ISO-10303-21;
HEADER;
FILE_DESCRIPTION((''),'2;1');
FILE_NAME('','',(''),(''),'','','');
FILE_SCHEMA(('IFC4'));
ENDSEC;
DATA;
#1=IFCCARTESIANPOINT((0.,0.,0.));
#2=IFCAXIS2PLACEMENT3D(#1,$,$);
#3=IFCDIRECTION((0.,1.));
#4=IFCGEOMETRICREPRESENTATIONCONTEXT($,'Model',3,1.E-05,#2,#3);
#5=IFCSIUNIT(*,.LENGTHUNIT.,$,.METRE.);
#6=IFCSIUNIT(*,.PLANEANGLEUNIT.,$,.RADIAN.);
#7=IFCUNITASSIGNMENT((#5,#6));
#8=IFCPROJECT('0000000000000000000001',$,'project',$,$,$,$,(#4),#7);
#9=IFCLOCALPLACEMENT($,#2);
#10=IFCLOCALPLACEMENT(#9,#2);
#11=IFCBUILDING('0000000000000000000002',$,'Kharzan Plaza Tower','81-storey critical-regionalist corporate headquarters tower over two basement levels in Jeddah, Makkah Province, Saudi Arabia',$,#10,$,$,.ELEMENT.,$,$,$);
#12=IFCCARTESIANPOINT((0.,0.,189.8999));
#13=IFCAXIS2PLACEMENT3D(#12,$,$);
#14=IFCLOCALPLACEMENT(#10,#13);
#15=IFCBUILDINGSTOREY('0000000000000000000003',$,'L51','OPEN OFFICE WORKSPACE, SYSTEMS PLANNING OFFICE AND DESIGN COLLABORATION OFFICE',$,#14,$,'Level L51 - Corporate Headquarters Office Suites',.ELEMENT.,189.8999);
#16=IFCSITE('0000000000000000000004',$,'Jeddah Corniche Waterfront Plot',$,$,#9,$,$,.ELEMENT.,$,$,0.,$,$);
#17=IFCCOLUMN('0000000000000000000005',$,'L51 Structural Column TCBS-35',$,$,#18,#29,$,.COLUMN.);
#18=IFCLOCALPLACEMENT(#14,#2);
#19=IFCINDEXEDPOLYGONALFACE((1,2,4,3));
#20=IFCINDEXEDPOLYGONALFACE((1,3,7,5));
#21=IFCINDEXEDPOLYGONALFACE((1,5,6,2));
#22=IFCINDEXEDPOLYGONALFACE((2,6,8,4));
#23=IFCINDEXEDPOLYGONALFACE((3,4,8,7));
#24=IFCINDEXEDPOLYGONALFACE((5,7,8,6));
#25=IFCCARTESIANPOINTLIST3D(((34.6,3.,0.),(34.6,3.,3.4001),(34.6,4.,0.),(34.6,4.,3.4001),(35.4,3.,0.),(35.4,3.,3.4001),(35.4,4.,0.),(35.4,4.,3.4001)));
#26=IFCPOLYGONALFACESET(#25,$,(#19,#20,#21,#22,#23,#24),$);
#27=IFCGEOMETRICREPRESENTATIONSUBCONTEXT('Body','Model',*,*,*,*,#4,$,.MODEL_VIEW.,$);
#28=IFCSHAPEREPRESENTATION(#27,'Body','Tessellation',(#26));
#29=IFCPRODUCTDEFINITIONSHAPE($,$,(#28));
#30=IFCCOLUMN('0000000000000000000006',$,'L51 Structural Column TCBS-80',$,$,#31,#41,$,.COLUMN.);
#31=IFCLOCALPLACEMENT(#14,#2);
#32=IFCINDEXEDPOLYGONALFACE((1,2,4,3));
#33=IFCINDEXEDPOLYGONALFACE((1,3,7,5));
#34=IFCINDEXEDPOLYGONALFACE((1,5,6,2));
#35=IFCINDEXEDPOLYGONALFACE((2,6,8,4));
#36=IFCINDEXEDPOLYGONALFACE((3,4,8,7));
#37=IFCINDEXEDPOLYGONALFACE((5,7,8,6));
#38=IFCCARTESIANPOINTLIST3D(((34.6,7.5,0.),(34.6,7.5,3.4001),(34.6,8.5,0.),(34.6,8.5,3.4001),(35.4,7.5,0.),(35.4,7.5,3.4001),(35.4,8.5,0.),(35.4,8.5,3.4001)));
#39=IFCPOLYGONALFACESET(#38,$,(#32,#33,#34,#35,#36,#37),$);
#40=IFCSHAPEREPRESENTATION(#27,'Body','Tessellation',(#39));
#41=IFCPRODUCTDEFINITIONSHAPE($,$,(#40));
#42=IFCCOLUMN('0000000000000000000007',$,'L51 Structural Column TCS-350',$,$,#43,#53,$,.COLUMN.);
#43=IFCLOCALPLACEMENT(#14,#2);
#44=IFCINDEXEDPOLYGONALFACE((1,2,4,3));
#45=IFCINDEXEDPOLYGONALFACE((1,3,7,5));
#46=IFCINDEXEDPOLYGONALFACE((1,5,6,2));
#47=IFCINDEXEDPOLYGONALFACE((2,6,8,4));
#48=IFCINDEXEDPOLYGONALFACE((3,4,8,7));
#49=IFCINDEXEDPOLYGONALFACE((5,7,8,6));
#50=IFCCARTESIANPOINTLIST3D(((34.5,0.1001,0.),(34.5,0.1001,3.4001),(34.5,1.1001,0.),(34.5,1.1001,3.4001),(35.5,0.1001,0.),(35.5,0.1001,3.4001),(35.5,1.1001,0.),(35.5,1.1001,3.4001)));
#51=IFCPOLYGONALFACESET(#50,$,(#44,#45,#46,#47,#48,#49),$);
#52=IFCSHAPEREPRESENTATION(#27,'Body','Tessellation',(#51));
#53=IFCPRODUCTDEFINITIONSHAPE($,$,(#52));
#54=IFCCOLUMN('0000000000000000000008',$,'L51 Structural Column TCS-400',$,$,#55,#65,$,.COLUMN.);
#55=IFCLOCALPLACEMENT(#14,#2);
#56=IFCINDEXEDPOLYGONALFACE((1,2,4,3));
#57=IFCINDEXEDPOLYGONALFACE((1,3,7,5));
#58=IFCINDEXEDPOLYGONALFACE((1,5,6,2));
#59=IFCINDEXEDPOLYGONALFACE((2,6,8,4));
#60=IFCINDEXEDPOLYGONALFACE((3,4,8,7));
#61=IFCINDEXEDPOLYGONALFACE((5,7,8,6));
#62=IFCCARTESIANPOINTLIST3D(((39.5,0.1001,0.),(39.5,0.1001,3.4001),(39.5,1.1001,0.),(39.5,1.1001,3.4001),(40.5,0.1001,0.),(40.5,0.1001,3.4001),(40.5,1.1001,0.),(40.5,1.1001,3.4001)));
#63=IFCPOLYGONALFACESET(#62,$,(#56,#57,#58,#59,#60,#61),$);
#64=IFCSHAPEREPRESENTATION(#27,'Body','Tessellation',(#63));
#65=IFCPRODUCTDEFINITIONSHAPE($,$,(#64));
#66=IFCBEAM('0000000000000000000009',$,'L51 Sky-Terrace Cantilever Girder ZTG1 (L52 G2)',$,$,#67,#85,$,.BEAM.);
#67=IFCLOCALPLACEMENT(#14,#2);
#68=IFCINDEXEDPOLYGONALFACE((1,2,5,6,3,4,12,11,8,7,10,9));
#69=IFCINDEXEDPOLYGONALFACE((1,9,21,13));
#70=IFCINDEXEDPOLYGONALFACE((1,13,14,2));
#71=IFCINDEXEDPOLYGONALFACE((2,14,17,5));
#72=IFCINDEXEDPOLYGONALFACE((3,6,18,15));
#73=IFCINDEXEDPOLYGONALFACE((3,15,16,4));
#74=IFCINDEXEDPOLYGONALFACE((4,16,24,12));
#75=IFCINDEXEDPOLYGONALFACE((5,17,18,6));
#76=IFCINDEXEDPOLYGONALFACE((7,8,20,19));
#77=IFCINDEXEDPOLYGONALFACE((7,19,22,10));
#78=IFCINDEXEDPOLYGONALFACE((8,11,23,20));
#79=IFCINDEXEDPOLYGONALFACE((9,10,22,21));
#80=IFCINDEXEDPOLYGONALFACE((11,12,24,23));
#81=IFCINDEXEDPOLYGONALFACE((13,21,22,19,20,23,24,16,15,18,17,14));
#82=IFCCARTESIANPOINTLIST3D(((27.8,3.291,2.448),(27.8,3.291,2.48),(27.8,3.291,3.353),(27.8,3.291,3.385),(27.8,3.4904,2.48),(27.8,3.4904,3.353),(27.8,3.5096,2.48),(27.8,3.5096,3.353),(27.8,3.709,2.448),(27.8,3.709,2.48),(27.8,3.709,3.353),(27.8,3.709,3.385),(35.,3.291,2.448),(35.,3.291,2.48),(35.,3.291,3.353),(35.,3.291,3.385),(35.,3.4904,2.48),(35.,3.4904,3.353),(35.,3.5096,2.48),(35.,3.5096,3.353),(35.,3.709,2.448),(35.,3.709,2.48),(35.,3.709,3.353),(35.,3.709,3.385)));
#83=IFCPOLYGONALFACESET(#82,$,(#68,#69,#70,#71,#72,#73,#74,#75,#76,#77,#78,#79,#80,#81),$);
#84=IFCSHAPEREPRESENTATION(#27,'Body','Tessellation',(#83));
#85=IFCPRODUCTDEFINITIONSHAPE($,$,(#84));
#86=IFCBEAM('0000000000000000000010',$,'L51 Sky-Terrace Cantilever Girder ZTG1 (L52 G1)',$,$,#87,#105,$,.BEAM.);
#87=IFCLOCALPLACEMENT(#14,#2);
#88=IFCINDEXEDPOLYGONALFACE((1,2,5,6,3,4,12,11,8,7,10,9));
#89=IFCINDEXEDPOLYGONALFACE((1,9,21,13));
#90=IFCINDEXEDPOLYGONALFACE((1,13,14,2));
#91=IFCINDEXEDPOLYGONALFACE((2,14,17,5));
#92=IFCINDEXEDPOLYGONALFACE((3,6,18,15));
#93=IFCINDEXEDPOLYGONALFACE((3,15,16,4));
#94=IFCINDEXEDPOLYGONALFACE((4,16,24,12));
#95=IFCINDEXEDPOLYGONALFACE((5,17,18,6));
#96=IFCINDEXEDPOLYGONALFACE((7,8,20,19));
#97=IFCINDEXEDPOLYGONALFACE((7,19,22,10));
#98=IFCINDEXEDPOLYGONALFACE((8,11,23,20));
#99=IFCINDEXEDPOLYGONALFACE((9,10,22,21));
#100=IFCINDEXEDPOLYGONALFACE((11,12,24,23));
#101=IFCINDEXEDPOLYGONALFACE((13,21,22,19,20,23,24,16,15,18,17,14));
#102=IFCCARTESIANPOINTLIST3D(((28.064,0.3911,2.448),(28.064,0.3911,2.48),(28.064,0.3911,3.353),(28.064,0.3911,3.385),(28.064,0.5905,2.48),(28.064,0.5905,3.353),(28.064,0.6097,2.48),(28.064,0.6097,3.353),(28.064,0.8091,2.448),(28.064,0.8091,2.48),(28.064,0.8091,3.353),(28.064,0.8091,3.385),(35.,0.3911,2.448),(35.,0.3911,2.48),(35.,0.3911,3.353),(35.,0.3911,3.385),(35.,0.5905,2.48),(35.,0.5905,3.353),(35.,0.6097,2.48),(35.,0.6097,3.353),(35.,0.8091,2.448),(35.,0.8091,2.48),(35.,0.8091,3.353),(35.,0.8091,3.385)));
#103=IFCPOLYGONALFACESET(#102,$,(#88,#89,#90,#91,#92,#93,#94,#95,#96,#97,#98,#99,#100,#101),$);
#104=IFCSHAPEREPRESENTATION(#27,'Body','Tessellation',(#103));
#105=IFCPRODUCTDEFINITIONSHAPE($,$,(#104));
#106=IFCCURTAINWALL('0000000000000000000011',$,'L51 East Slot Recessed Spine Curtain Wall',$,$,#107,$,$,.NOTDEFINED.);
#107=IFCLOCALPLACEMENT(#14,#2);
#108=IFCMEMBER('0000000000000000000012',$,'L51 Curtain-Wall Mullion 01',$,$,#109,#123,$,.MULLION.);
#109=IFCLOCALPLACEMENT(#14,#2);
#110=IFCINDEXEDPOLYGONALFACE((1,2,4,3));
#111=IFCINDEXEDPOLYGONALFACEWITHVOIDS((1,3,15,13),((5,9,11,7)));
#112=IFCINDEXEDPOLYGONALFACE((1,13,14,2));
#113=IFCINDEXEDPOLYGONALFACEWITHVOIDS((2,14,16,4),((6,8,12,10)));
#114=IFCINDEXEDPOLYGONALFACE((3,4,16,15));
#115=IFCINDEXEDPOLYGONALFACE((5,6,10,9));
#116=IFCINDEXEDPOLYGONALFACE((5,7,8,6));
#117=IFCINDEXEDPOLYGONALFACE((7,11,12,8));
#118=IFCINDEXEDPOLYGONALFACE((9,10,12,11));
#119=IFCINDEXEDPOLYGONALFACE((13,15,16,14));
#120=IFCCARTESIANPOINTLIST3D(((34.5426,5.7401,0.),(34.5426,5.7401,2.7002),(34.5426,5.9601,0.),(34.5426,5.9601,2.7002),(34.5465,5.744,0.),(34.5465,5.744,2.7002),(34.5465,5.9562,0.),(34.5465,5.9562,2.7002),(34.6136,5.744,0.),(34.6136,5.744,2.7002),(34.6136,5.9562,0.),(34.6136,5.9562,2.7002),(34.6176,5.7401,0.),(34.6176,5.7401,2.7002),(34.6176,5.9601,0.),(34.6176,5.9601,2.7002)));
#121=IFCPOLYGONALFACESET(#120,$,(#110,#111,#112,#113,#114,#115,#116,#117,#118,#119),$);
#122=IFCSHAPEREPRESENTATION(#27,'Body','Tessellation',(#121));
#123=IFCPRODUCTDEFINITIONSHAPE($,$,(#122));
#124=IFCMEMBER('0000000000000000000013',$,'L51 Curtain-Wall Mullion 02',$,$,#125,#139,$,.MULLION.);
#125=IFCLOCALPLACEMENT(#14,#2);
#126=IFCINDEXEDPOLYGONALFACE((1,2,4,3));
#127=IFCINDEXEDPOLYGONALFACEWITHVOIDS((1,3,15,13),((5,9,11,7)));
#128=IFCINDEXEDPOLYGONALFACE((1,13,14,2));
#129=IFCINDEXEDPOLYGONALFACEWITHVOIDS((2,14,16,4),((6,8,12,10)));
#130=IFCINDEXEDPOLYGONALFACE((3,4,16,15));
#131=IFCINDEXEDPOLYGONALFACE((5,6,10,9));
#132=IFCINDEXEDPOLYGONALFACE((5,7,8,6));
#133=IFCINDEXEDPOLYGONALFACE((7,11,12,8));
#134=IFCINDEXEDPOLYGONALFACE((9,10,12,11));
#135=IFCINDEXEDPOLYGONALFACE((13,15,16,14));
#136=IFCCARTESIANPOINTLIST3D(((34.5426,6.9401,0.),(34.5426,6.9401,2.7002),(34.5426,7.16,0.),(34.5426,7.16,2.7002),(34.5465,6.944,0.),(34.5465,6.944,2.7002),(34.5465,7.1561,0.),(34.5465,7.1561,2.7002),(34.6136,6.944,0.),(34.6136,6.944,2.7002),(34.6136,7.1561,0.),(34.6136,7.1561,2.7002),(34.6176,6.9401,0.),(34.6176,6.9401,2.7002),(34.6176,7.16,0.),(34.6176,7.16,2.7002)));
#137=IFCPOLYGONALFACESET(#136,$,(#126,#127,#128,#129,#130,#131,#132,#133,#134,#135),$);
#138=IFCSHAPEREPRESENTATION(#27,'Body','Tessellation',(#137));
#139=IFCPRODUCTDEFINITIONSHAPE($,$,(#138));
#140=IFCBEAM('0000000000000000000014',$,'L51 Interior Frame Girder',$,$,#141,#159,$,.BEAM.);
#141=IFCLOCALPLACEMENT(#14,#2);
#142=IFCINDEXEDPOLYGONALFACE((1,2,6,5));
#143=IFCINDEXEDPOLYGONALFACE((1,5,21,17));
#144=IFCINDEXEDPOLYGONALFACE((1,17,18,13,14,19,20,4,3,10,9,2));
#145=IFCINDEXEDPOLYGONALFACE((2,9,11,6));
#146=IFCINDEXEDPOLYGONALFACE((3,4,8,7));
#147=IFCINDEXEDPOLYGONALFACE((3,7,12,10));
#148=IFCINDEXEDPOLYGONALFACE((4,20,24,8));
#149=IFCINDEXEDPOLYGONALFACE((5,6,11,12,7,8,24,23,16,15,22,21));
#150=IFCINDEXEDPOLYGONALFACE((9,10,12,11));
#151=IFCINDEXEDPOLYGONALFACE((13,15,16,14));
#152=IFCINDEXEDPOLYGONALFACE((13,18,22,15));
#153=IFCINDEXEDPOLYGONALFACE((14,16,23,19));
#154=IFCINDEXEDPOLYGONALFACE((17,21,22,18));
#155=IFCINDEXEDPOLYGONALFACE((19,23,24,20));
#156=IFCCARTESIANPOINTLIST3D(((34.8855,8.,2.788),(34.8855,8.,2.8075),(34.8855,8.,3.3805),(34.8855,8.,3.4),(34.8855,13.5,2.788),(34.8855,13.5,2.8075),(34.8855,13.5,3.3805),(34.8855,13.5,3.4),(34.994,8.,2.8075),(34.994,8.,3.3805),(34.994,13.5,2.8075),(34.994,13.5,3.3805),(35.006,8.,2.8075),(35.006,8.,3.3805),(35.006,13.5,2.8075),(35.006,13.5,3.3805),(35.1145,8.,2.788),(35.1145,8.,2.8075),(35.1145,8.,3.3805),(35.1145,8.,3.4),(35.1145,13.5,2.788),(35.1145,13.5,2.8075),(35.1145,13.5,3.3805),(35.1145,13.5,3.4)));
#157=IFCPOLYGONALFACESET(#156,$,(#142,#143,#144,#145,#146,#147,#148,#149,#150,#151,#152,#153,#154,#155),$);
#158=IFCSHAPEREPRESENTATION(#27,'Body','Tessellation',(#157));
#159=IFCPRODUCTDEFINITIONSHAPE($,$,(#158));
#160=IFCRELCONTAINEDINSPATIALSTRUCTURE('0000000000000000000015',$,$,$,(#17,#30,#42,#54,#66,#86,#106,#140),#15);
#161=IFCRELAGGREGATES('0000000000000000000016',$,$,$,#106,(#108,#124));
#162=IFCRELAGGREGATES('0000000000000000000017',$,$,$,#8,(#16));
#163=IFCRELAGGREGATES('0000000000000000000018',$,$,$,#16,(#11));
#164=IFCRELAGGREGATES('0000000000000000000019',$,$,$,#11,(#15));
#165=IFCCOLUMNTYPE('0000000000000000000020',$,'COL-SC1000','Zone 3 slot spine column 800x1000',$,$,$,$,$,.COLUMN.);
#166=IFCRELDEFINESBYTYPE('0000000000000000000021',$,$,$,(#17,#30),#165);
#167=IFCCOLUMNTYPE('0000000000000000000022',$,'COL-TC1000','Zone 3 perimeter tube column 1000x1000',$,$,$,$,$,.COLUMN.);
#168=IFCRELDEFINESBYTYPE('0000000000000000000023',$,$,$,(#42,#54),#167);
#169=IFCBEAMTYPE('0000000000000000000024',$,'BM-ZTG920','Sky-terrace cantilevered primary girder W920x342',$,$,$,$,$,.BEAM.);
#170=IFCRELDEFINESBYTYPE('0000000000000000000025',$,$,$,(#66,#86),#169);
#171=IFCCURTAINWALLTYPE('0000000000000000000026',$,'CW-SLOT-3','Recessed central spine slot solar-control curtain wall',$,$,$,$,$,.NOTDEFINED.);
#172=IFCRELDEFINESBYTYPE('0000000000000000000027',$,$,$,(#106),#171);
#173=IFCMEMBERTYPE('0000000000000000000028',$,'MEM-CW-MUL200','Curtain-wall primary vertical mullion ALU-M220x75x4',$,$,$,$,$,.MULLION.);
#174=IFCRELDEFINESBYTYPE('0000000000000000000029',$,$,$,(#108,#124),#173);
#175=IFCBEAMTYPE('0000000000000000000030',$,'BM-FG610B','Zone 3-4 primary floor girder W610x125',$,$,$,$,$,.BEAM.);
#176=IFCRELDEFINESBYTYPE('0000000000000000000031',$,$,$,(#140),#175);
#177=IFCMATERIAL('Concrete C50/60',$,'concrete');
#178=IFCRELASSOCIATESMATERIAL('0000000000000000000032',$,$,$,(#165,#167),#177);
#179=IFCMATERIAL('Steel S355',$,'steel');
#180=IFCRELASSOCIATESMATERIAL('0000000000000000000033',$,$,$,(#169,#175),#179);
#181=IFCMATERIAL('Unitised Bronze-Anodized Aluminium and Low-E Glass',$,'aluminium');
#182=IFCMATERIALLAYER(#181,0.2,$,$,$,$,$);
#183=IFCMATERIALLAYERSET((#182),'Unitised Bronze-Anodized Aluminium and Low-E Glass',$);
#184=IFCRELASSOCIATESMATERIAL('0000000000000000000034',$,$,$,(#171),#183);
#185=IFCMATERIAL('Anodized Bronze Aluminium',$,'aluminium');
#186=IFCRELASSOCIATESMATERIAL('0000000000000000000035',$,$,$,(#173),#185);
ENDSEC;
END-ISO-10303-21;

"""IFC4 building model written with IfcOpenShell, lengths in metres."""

from ifc_helpers import new_model, si_unit, direction, frame, origin, origin_2d, place, context, subcontext, project, spatial, rectangle, hollow_rectangle, i_section, extrude, source, transform, mapped, material, layer, layer_set, material_profile, profile_set, type_object, element, aggregate, save


model = new_model("IFC4")

# Units and contexts
model_context = context("Model", 3, precision=1e-05, world=origin(), true_north=direction((0.0, 1.0)))
body_context = subcontext(model_context, "Body", "Model", "MODEL_VIEW")
ifc_project = project(units=[si_unit("LENGTHUNIT", "METRE"), si_unit("PLANEANGLEUNIT", "RADIAN")], contexts=[model_context])

# Site, building, storey
site_placement = place(None, origin())
site = spatial("IfcSite", under=ifc_project, at=site_placement, Name="Jeddah Corniche Waterfront Plot", CompositionType="ELEMENT", RefElevation=0.0)
building_placement = place(site_placement, origin())
building = spatial("IfcBuilding", under=site, at=building_placement, Name="Kharzan Plaza Tower", Description="81-storey critical-regionalist corporate headquarters tower over two basement levels in Jeddah, Makkah Province, Saudi Arabia", CompositionType="ELEMENT")
storey_placement = place(building_placement, frame((0.0, 0.0, 189.8999)))
storey = spatial("IfcBuildingStorey", under=building, at=storey_placement, Name="L51", Description="OPEN OFFICE WORKSPACE, SYSTEMS PLANNING OFFICE AND DESIGN COLLABORATION OFFICE", LongName="Level L51 - Corporate Headquarters Office Suites", CompositionType="ELEMENT", Elevation=189.8999)

# Columns
ifc_material_1 = material(Name="Concrete C50/60", Category="concrete")
ifc_material_profile_1 = material_profile(ifc_material_1, rectangle(XDim=0.8, YDim=1.0, at=origin_2d()), Name="RC-SC1000x800")
ifc_profile_set_1 = profile_set([ifc_material_profile_1], Name="Concrete C50/60")
column_type_1 = type_object("IfcColumnType", Name="COL-SC1000", Description="Zone 3 slot spine column 800x1000", PredefinedType="COLUMN", material=ifc_profile_set_1)
shared_shape_1 = source(origin(), body_context, "Body", "SweptSolid", [
    extrude(rectangle(XDim=0.8, YDim=1.0, at=origin_2d()), origin(), (0.0, 0.0, 1.0), 3.4001),
])
for number, where, z_axis, x_axis, name in (
    (1, (35.0, 3.5, 0.0), (0.0, 0.0, 1.0), (1.0, 0.0, 0.0), "L51 Structural Column TCBS-35"),
    (2, (35.0, 8.0, 0.0), (0.0, 0.0, 1.0), (1.0, 0.0, 0.0), "L51 Structural Column TCBS-80"),
):
    element("IfcColumn", number, at=place(storey_placement, frame(where, z_axis=z_axis, x_axis=x_axis)), inside=storey, type_object=column_type_1, Name=name, PredefinedType="COLUMN", context=body_context, shape_type="MappedRepresentation", body=[
        mapped(shared_shape_1, transform((0.0, 0.0, 0.0), x_axis=(1.0, 0.0, 0.0), y_axis=(0.0, 1.0, 0.0), z_axis=(0.0, 0.0, 1.0))),
    ])
ifc_material_profile_2 = material_profile(ifc_material_1, rectangle(XDim=1.0, YDim=1.0, at=origin_2d()), Name="RC-TC1000x1000")
ifc_profile_set_2 = profile_set([ifc_material_profile_2], Name="Concrete C50/60")
column_type_2 = type_object("IfcColumnType", Name="COL-TC1000", Description="Zone 3 perimeter tube column 1000x1000", PredefinedType="COLUMN", material=ifc_profile_set_2)
shared_shape_2 = source(origin(), body_context, "Body", "SweptSolid", [
    extrude(rectangle(XDim=1.0, YDim=1.0, at=origin_2d()), origin(), (0.0, 0.0, 1.0), 3.4001),
])
for number, where, z_axis, x_axis, name in (
    (3, (35.0, 0.6001, 0.0), (0.0, 0.0, 1.0), (1.0, 0.0, 0.0), "L51 Structural Column TCS-350"),
    (4, (40.0, 0.6001, 0.0), (0.0, 0.0, 1.0), (1.0, 0.0, 0.0), "L51 Structural Column TCS-400"),
):
    element("IfcColumn", number, at=place(storey_placement, frame(where, z_axis=z_axis, x_axis=x_axis)), inside=storey, type_object=column_type_2, Name=name, PredefinedType="COLUMN", context=body_context, shape_type="MappedRepresentation", body=[
        mapped(shared_shape_2, transform((0.0, 0.0, 0.0), x_axis=(1.0, 0.0, 0.0), y_axis=(0.0, 1.0, 0.0), z_axis=(0.0, 0.0, 1.0))),
    ])

# Beams
ifc_material_2 = material(Name="Steel S355", Category="steel")
ifc_material_profile_3 = material_profile(ifc_material_2, i_section(OverallWidth=0.418, OverallDepth=0.937, WebThickness=0.0193, FlangeThickness=0.032, at=origin_2d()), Name="W920x342")
ifc_profile_set_3 = profile_set([ifc_material_profile_3], Name="Steel S355")
beam_type_1 = type_object("IfcBeamType", Name="BM-ZTG920", Description="Sky-terrace cantilevered primary girder W920x342", PredefinedType="BEAM", material=ifc_profile_set_3)
shared_shape_3 = source(origin(), body_context, "Body", "SweptSolid", [
    extrude(i_section(OverallWidth=0.418, OverallDepth=0.937, WebThickness=0.0193, FlangeThickness=0.032, at=origin_2d()), origin(), (0.0, 0.0, 1.0), 7.2),
])
beam_1_placement = place(storey_placement, frame((35.0, 3.5, 2.9165), z_axis=(-1.0, 0.0, 0.0), x_axis=(0.0, -1.0, 0.0)))
element("IfcBeam", 5, at=beam_1_placement, inside=storey, type_object=beam_type_1, Name="L51 Sky-Terrace Cantilever Girder ZTG1 (L52 G2)", PredefinedType="BEAM", context=body_context, shape_type="MappedRepresentation", body=[
    mapped(shared_shape_3, transform((0.0, 0.0, 0.0), x_axis=(1.0, 0.0, 0.0), y_axis=(0.0, 1.0, 0.0), z_axis=(0.0, 0.0, 1.0))),
])
shared_shape_4 = source(origin(), body_context, "Body", "SweptSolid", [
    extrude(i_section(OverallWidth=0.418, OverallDepth=0.937, WebThickness=0.0193, FlangeThickness=0.032, at=origin_2d()), origin(), (0.0, 0.0, 1.0), 6.936),
])
beam_2_placement = place(storey_placement, frame((35.0, 0.6001, 2.9165), z_axis=(-1.0, 0.0, 0.0), x_axis=(0.0, -1.0, 0.0)))
element("IfcBeam", 6, at=beam_2_placement, inside=storey, type_object=beam_type_1, Name="L51 Sky-Terrace Cantilever Girder ZTG1 (L52 G1)", PredefinedType="BEAM", context=body_context, shape_type="MappedRepresentation", body=[
    mapped(shared_shape_4, transform((0.0, 0.0, 0.0), x_axis=(1.0, 0.0, 0.0), y_axis=(0.0, 1.0, 0.0), z_axis=(0.0, 0.0, 1.0))),
])

# Curtain wall, members
ifc_material_3 = material(Name="Unitised Bronze-Anodized Aluminium and Low-E Glass", Category="aluminium")
ifc_layer_1 = layer(ifc_material_3, 0.2)
ifc_layer_set_1 = layer_set([ifc_layer_1], Name="Unitised Bronze-Anodized Aluminium and Low-E Glass")
curtain_wall_type = type_object("IfcCurtainWallType", Name="CW-SLOT-3", Description="Recessed central spine slot solar-control curtain wall", PredefinedType="NOTDEFINED", material=ifc_layer_set_1)
curtain_wall_placement = place(storey_placement, origin())
curtain_wall = element("IfcCurtainWall", 7, at=curtain_wall_placement, inside=storey, type_object=curtain_wall_type, Name="L51 East Slot Recessed Spine Curtain Wall", PredefinedType="NOTDEFINED")
ifc_material_4 = material(Name="Anodized Bronze Aluminium", Category="aluminium")
ifc_material_profile_4 = material_profile(ifc_material_4, hollow_rectangle(XDim=0.075, YDim=0.22, WallThickness=0.0039, at=origin_2d()), Name="ALU-M220x75x4")
ifc_profile_set_4 = profile_set([ifc_material_profile_4], Name="Anodized Bronze Aluminium")
member_type = type_object("IfcMemberType", Name="MEM-CW-MUL200", Description="Curtain-wall primary vertical mullion ALU-M220x75x4", PredefinedType="MULLION", material=ifc_profile_set_4)
shared_shape_5 = source(origin(), body_context, "Body", "SweptSolid", [
    extrude(hollow_rectangle(XDim=0.075, YDim=0.22, WallThickness=0.0039, at=origin_2d()), origin(), (0.0, 0.0, 1.0), 2.7002),
])
member_1_placement = place(storey_placement, frame((34.5801, 5.8501, 0.0), z_axis=(0.0, 0.0, 1.0), x_axis=(1.0, 0.0, 0.0)))
member_1 = element("IfcMember", 8, at=member_1_placement, type_object=member_type, Name="L51 Curtain-Wall Mullion 01", PredefinedType="MULLION", context=body_context, shape_type="MappedRepresentation", body=[
    mapped(shared_shape_5, transform((0.0, 0.0, 0.0), x_axis=(1.0, 0.0, 0.0), y_axis=(0.0, 1.0, 0.0), z_axis=(0.0, 0.0, 1.0))),
])
member_2_placement = place(storey_placement, frame((34.5801, 7.05, 0.0), z_axis=(0.0, 0.0, 1.0), x_axis=(1.0, 0.0, 0.0)))
member_2 = element("IfcMember", 9, at=member_2_placement, type_object=member_type, Name="L51 Curtain-Wall Mullion 02", PredefinedType="MULLION", context=body_context, shape_type="MappedRepresentation", body=[
    mapped(shared_shape_5, transform((0.0, 0.0, 0.0), x_axis=(1.0, 0.0, 0.0), y_axis=(0.0, 1.0, 0.0), z_axis=(0.0, 0.0, 1.0))),
])

# Beam
ifc_material_profile_5 = material_profile(ifc_material_2, i_section(OverallWidth=0.229, OverallDepth=0.6121, WebThickness=0.012, FlangeThickness=0.0195, at=origin_2d()), Name="W610x125")
ifc_profile_set_5 = profile_set([ifc_material_profile_5], Name="Steel S355")
beam_type_2 = type_object("IfcBeamType", Name="BM-FG610B", Description="Zone 3-4 primary floor girder W610x125", PredefinedType="BEAM", material=ifc_profile_set_5)
shared_shape_6 = source(origin(), body_context, "Body", "SweptSolid", [
    extrude(i_section(OverallWidth=0.229, OverallDepth=0.6121, WebThickness=0.012, FlangeThickness=0.0195, at=origin_2d()), origin(), (0.0, 0.0, 1.0), 5.5),
])
beam_3_placement = place(storey_placement, frame((35.0, 8.0, 3.094), z_axis=(0.0, 1.0, 0.0), x_axis=(-1.0, 0.0, 0.0)))
element("IfcBeam", 10, at=beam_3_placement, inside=storey, type_object=beam_type_2, Name="L51 Interior Frame Girder", PredefinedType="BEAM", context=body_context, shape_type="MappedRepresentation", body=[
    mapped(shared_shape_6, transform((0.0, 0.0, 0.0), x_axis=(1.0, 0.0, 0.0), y_axis=(0.0, 1.0, 0.0), z_axis=(0.0, 0.0, 1.0))),
])

aggregate(curtain_wall, [member_1, member_2])

save(model, "model.ifc")
